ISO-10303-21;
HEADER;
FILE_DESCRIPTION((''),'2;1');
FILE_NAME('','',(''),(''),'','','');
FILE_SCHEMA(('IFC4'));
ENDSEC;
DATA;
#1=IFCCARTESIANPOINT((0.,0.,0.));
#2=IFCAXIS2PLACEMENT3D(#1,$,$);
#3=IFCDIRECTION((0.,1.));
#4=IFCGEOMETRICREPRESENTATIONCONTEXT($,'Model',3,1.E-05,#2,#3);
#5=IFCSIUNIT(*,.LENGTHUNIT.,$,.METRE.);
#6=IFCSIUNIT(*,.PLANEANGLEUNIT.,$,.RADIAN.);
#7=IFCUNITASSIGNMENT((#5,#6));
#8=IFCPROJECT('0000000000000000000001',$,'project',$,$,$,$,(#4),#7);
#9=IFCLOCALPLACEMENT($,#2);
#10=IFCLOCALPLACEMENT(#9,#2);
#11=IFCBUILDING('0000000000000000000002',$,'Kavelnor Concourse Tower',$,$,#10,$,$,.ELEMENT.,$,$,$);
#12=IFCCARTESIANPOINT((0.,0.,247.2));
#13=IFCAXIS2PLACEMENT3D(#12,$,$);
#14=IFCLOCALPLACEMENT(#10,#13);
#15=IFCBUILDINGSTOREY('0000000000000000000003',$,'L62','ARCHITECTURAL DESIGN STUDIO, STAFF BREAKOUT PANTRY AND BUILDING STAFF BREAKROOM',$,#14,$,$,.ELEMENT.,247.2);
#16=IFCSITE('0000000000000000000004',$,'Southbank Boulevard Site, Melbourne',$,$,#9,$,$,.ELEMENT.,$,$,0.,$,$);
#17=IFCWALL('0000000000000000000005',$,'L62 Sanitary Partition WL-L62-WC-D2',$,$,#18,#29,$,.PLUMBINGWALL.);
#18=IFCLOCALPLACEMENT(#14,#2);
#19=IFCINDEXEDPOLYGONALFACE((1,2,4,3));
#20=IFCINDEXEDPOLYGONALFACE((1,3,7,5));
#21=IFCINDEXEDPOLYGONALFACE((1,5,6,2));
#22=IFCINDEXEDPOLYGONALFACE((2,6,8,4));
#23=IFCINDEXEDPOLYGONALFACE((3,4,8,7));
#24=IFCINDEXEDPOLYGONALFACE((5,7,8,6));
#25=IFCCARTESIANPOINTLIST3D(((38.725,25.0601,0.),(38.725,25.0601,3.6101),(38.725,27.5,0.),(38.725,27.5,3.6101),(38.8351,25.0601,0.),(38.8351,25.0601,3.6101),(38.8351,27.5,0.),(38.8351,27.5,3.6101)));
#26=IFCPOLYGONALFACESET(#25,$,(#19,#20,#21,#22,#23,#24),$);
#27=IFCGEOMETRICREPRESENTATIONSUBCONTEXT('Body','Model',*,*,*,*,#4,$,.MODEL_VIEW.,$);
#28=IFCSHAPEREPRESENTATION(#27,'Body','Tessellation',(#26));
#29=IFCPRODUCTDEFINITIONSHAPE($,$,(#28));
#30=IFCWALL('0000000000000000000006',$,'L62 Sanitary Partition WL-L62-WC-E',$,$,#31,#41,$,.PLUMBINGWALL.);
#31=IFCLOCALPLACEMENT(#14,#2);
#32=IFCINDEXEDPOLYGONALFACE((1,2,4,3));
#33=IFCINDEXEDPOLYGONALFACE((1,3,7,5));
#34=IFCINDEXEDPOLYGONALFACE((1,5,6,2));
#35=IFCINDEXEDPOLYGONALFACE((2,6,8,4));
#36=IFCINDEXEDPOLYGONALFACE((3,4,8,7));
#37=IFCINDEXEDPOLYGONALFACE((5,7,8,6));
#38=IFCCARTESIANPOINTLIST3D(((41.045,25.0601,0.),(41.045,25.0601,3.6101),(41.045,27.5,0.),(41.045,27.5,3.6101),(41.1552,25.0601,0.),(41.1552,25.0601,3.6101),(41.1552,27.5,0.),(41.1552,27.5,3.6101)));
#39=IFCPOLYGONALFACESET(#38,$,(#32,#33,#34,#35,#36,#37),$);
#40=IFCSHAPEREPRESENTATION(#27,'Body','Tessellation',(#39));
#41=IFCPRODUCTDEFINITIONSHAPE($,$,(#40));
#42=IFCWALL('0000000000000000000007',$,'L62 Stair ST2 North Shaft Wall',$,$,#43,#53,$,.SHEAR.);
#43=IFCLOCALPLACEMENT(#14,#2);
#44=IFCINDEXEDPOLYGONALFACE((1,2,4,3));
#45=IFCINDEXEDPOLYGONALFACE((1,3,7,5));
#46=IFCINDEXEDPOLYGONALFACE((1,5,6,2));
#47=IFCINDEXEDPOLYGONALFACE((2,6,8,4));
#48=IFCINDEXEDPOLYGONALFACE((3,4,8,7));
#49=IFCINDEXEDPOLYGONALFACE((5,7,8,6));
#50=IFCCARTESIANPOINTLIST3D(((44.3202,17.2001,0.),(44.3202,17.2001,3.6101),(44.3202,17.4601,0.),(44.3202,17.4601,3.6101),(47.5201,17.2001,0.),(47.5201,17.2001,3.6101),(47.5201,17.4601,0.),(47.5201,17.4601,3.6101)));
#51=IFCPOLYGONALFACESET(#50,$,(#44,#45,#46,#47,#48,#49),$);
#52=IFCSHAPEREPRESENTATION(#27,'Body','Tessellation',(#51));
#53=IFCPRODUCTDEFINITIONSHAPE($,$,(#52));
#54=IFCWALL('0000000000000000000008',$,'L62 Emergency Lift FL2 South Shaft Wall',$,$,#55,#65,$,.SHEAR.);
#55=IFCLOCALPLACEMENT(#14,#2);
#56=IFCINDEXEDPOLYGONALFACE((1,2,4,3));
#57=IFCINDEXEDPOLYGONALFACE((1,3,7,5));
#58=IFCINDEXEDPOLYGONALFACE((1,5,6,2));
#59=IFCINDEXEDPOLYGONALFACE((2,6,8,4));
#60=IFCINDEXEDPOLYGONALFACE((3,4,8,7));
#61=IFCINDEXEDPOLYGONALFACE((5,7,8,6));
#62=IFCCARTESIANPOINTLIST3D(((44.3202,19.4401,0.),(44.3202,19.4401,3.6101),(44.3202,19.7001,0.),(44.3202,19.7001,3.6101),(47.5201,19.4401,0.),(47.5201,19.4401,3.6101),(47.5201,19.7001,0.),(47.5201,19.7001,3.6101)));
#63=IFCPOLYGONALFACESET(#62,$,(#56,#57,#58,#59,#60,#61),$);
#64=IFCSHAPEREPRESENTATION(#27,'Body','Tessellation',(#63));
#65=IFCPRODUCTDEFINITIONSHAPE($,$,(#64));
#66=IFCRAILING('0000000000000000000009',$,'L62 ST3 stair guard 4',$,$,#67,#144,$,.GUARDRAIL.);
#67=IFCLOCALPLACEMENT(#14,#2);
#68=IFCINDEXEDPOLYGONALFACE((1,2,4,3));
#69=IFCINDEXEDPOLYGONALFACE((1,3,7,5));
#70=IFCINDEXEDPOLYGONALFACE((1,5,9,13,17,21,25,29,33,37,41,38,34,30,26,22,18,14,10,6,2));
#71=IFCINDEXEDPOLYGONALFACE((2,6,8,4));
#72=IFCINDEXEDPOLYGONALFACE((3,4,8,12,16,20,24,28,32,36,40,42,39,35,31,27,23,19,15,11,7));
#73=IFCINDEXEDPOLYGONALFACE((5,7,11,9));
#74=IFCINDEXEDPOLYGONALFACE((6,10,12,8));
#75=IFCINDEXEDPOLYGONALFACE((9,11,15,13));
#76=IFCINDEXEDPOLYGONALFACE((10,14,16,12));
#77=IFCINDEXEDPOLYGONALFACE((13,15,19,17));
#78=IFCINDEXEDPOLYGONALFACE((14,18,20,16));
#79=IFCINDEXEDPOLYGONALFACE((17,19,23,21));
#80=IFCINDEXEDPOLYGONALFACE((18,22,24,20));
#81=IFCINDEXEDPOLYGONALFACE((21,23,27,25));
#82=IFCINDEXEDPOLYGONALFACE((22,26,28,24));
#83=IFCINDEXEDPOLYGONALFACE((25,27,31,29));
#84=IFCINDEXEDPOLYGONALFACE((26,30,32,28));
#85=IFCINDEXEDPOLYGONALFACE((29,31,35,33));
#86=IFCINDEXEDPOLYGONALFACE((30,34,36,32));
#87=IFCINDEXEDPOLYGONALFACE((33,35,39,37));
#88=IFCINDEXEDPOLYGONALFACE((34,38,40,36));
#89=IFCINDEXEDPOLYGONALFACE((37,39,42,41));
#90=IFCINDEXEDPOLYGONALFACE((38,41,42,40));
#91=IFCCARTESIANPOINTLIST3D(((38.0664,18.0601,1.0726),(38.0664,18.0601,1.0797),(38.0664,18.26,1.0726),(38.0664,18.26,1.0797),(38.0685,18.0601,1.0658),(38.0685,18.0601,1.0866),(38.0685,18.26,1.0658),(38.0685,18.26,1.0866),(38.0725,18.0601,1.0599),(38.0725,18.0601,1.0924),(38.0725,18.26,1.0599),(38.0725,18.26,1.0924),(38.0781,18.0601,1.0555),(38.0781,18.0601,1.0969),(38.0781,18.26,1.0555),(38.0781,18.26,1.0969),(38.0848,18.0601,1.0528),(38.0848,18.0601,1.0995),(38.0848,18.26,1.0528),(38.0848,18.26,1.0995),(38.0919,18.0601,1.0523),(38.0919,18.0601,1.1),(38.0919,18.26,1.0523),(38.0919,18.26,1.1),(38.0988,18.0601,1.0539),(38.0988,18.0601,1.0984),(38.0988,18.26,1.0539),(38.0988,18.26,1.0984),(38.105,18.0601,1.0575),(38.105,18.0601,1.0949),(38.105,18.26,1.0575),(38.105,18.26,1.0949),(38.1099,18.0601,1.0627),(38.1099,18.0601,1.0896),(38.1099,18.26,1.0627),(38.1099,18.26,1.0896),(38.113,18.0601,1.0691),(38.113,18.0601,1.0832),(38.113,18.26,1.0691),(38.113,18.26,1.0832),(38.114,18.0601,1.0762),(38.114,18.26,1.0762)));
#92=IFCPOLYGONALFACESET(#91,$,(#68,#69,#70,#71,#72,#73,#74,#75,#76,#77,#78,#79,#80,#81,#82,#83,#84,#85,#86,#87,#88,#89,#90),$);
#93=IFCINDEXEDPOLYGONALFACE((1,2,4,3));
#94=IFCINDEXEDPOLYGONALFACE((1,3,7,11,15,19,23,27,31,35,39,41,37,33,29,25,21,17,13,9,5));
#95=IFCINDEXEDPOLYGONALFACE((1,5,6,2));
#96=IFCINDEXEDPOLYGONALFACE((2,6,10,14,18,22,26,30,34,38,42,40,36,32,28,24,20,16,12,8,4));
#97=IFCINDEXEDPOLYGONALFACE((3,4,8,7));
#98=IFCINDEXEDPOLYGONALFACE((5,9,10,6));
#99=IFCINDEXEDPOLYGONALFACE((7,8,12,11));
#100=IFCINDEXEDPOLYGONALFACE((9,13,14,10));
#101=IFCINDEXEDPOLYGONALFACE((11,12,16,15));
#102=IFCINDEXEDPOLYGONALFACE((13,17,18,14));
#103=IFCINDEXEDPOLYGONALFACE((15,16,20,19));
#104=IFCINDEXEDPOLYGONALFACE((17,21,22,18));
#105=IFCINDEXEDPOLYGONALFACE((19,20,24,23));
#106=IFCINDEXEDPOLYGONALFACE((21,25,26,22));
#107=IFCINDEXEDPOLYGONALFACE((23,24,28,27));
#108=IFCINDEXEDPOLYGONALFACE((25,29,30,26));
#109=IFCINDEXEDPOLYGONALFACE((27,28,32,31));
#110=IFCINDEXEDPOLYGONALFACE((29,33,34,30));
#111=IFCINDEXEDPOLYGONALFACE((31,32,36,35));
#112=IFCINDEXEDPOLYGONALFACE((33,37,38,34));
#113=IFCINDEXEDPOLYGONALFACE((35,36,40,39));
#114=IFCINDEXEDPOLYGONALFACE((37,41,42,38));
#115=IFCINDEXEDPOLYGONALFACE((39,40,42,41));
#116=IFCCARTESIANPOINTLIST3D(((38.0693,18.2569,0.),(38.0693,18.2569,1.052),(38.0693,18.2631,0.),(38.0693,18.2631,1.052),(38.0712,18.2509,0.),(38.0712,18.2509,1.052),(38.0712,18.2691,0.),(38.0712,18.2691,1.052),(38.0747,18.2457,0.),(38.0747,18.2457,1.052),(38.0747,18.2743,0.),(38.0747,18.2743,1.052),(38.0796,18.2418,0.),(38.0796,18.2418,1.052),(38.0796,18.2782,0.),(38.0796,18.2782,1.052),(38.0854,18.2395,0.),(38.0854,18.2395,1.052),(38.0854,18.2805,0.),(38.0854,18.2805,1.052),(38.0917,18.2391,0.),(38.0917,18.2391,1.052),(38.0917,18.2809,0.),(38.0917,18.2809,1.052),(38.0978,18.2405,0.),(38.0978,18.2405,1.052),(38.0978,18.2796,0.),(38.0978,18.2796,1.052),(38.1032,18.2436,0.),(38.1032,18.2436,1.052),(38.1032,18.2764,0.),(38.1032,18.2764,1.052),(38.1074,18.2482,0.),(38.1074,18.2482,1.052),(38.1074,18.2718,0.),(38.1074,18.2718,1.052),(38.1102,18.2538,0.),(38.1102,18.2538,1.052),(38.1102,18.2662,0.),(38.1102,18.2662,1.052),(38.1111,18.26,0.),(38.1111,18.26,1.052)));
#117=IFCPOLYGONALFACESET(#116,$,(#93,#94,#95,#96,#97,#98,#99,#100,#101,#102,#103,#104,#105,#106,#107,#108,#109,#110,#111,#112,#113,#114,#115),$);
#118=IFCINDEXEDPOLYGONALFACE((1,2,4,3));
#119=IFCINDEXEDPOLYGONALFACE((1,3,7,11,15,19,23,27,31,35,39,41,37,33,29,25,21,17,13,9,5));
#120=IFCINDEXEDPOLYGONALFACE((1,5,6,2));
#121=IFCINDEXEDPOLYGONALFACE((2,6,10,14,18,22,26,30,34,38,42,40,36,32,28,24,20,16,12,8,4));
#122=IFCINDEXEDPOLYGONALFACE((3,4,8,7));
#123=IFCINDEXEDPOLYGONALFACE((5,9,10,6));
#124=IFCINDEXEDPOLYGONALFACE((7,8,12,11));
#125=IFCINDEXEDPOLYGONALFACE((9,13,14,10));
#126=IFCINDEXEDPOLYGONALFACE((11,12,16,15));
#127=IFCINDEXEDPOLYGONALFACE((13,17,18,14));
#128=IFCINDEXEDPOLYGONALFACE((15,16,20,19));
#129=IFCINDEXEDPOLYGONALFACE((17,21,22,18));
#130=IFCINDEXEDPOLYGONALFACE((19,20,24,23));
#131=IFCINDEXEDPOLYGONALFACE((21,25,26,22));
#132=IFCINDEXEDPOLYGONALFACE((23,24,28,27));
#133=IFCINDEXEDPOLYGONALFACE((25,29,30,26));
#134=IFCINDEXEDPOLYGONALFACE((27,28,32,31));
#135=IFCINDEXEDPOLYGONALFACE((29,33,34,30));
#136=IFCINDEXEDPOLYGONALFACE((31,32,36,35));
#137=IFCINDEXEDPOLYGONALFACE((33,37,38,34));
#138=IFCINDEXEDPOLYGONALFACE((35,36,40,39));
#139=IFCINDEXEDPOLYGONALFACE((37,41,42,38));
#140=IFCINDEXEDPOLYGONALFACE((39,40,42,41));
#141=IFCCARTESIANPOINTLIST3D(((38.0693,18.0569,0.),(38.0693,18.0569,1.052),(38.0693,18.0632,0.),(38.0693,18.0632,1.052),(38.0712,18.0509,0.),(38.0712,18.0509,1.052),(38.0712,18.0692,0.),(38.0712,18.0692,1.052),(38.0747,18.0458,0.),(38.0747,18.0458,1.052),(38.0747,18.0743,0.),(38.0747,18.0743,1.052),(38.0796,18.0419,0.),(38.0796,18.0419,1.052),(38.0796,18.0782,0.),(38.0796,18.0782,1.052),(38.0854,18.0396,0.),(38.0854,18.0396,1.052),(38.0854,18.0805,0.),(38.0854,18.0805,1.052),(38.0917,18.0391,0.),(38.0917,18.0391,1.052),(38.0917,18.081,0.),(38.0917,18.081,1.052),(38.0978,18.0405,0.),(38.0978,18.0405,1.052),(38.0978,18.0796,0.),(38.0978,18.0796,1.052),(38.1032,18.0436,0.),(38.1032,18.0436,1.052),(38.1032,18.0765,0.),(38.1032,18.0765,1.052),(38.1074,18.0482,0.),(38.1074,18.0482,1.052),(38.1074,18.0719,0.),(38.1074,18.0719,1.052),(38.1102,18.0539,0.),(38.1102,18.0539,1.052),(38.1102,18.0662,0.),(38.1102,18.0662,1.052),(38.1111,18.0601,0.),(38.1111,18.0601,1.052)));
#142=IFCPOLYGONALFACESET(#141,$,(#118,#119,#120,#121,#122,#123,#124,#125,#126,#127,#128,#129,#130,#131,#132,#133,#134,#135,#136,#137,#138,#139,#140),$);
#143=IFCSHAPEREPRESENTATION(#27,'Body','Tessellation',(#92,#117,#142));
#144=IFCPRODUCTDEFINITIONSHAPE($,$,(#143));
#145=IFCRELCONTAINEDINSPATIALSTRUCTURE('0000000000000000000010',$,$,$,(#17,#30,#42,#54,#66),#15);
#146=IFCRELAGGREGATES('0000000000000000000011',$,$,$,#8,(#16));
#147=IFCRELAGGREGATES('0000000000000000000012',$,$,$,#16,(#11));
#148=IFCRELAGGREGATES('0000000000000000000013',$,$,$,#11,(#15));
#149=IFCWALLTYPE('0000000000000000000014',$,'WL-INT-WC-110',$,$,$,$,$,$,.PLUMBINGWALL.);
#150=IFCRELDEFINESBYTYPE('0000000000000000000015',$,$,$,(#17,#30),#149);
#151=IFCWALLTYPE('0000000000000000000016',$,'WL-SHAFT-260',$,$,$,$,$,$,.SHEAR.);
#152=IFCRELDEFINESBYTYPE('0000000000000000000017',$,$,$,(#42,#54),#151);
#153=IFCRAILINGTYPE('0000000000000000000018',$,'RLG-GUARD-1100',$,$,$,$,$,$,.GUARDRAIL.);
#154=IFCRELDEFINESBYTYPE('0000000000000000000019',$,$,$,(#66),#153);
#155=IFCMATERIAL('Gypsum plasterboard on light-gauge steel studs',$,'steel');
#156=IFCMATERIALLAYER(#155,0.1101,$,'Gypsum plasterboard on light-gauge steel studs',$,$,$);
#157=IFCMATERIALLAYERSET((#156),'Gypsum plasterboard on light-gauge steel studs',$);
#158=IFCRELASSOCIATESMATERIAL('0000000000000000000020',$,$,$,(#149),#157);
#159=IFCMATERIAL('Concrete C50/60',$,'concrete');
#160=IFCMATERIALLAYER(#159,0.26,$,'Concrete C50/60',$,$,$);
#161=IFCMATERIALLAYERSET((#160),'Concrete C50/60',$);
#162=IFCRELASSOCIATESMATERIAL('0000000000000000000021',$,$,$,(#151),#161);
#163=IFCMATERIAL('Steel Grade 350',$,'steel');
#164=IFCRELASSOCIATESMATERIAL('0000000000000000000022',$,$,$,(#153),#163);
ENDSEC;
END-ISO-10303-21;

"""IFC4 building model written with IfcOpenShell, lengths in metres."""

from ifc_helpers import new_model, si_unit, direction, frame, frame_2d, origin, origin_2d, place, context, subcontext, project, spatial, rectangle, circle, extrude, material, layer, layer_set, type_object, element, save


model = new_model("IFC4")

# Units and contexts
model_context = context("Model", 3, precision=1e-05, world=origin(), true_north=direction((0.0, 1.0)))
body_context = subcontext(model_context, "Body", "Model", "MODEL_VIEW")
ifc_project = project(units=[si_unit("LENGTHUNIT", "METRE"), si_unit("PLANEANGLEUNIT", "RADIAN")], contexts=[model_context])

# Site, building, storey
site_placement = place(None, origin())
site = spatial("IfcSite", under=ifc_project, at=site_placement, Name="Southbank Boulevard Site, Melbourne", CompositionType="ELEMENT", RefElevation=0.0)
building_placement = place(site_placement, origin())
building = spatial("IfcBuilding", under=site, at=building_placement, Name="Kavelnor Concourse Tower", CompositionType="ELEMENT")
storey_placement = place(building_placement, frame((0.0, 0.0, 247.2)))
storey = spatial("IfcBuildingStorey", under=building, at=storey_placement, Name="L62", Description="ARCHITECTURAL DESIGN STUDIO, STAFF BREAKOUT PANTRY AND BUILDING STAFF BREAKROOM", CompositionType="ELEMENT", Elevation=247.2)

# Shared definitions
ifc_material_1 = material(Name="Steel Grade 350", Category="steel")

# Shared definitions
ifc_material_2 = material(Name="Gypsum plasterboard on light-gauge steel studs", Category="steel")

# Walls
ifc_layer_1 = layer(ifc_material_2, 0.1101, Name="Gypsum plasterboard on light-gauge steel studs")
ifc_layer_set_1 = layer_set([ifc_layer_1], Name="Gypsum plasterboard on light-gauge steel studs")
wall_type_1 = type_object("IfcWallType", Name="WL-INT-WC-110", PredefinedType="PLUMBINGWALL", material=ifc_layer_set_1)
for number, where, z_axis, x_axis, name in (
    (1, (38.78, 25.0601, 0.0), (0.0, 0.0, 1.0), (0.0, 1.0, 0.0), "L62 Sanitary Partition WL-L62-WC-D2"),
    (2, (41.1001, 25.0601, 0.0), (0.0, 0.0, 1.0), (0.0, 1.0, 0.0), "L62 Sanitary Partition WL-L62-WC-E"),
):
    element("IfcWall", number, at=place(storey_placement, frame(where, z_axis=z_axis, x_axis=x_axis)), inside=storey, type_object=wall_type_1, Name=name, PredefinedType="PLUMBINGWALL", context=body_context, shape_type="SweptSolid", body=[
        extrude(rectangle(XDim=2.4399, YDim=0.1101, at=frame_2d((1.22, 0.0))), origin(), (0.0, 0.0, 1.0), 3.6101),
    ])
ifc_material_3 = material(Name="Concrete C50/60", Category="concrete")
ifc_layer_2 = layer(ifc_material_3, 0.26, Name="Concrete C50/60")
ifc_layer_set_2 = layer_set([ifc_layer_2], Name="Concrete C50/60")
wall_type_2 = type_object("IfcWallType", Name="WL-SHAFT-260", PredefinedType="SHEAR", material=ifc_layer_set_2)
for number, where, z_axis, x_axis, name in (
    (3, (44.3201, 17.3301, 0.0), (0.0, 0.0, 1.0), (1.0, 0.0, 0.0), "L62 Stair ST2 North Shaft Wall"),
    (4, (44.3201, 19.5701, 0.0), (0.0, 0.0, 1.0), (1.0, 0.0, 0.0), "L62 Emergency Lift FL2 South Shaft Wall"),
):
    element("IfcWall", number, at=place(storey_placement, frame(where, z_axis=z_axis, x_axis=x_axis)), inside=storey, type_object=wall_type_2, Name=name, PredefinedType="SHEAR", context=body_context, shape_type="SweptSolid", body=[
        extrude(rectangle(XDim=3.2, YDim=0.26, at=frame_2d((1.6001, 0.0))), origin(), (0.0, 0.0, 1.0), 3.6101),
    ])

# Railing
railing_type = type_object("IfcRailingType", Name="RLG-GUARD-1100", PredefinedType="GUARDRAIL", material=ifc_material_1)
railing_placement = place(storey_placement, frame((38.0901, 18.26, 0.0)))
element("IfcRailing", 5, at=railing_placement, inside=storey, type_object=railing_type, Name="L62 ST3 stair guard 4", PredefinedType="GUARDRAIL", context=body_context, shape_type="SweptSolid", body=[
    extrude(circle(Radius=0.0239, at=origin_2d()), frame((0.0, 0.0, 1.0762), z_axis=(0.0, -1.0, 0.0), x_axis=(1.0, 0.0, 0.0)), (0.0, 0.0, 1.0), 0.2),
    extrude(circle(Radius=0.021, at=origin_2d()), origin(), (0.0, 0.0, 1.0), 1.052),
    extrude(circle(Radius=0.021, at=origin_2d()), frame((0.0, -0.2, 0.0)), (0.0, 0.0, 1.0), 1.052),
])

save(model, "model.ifc")
